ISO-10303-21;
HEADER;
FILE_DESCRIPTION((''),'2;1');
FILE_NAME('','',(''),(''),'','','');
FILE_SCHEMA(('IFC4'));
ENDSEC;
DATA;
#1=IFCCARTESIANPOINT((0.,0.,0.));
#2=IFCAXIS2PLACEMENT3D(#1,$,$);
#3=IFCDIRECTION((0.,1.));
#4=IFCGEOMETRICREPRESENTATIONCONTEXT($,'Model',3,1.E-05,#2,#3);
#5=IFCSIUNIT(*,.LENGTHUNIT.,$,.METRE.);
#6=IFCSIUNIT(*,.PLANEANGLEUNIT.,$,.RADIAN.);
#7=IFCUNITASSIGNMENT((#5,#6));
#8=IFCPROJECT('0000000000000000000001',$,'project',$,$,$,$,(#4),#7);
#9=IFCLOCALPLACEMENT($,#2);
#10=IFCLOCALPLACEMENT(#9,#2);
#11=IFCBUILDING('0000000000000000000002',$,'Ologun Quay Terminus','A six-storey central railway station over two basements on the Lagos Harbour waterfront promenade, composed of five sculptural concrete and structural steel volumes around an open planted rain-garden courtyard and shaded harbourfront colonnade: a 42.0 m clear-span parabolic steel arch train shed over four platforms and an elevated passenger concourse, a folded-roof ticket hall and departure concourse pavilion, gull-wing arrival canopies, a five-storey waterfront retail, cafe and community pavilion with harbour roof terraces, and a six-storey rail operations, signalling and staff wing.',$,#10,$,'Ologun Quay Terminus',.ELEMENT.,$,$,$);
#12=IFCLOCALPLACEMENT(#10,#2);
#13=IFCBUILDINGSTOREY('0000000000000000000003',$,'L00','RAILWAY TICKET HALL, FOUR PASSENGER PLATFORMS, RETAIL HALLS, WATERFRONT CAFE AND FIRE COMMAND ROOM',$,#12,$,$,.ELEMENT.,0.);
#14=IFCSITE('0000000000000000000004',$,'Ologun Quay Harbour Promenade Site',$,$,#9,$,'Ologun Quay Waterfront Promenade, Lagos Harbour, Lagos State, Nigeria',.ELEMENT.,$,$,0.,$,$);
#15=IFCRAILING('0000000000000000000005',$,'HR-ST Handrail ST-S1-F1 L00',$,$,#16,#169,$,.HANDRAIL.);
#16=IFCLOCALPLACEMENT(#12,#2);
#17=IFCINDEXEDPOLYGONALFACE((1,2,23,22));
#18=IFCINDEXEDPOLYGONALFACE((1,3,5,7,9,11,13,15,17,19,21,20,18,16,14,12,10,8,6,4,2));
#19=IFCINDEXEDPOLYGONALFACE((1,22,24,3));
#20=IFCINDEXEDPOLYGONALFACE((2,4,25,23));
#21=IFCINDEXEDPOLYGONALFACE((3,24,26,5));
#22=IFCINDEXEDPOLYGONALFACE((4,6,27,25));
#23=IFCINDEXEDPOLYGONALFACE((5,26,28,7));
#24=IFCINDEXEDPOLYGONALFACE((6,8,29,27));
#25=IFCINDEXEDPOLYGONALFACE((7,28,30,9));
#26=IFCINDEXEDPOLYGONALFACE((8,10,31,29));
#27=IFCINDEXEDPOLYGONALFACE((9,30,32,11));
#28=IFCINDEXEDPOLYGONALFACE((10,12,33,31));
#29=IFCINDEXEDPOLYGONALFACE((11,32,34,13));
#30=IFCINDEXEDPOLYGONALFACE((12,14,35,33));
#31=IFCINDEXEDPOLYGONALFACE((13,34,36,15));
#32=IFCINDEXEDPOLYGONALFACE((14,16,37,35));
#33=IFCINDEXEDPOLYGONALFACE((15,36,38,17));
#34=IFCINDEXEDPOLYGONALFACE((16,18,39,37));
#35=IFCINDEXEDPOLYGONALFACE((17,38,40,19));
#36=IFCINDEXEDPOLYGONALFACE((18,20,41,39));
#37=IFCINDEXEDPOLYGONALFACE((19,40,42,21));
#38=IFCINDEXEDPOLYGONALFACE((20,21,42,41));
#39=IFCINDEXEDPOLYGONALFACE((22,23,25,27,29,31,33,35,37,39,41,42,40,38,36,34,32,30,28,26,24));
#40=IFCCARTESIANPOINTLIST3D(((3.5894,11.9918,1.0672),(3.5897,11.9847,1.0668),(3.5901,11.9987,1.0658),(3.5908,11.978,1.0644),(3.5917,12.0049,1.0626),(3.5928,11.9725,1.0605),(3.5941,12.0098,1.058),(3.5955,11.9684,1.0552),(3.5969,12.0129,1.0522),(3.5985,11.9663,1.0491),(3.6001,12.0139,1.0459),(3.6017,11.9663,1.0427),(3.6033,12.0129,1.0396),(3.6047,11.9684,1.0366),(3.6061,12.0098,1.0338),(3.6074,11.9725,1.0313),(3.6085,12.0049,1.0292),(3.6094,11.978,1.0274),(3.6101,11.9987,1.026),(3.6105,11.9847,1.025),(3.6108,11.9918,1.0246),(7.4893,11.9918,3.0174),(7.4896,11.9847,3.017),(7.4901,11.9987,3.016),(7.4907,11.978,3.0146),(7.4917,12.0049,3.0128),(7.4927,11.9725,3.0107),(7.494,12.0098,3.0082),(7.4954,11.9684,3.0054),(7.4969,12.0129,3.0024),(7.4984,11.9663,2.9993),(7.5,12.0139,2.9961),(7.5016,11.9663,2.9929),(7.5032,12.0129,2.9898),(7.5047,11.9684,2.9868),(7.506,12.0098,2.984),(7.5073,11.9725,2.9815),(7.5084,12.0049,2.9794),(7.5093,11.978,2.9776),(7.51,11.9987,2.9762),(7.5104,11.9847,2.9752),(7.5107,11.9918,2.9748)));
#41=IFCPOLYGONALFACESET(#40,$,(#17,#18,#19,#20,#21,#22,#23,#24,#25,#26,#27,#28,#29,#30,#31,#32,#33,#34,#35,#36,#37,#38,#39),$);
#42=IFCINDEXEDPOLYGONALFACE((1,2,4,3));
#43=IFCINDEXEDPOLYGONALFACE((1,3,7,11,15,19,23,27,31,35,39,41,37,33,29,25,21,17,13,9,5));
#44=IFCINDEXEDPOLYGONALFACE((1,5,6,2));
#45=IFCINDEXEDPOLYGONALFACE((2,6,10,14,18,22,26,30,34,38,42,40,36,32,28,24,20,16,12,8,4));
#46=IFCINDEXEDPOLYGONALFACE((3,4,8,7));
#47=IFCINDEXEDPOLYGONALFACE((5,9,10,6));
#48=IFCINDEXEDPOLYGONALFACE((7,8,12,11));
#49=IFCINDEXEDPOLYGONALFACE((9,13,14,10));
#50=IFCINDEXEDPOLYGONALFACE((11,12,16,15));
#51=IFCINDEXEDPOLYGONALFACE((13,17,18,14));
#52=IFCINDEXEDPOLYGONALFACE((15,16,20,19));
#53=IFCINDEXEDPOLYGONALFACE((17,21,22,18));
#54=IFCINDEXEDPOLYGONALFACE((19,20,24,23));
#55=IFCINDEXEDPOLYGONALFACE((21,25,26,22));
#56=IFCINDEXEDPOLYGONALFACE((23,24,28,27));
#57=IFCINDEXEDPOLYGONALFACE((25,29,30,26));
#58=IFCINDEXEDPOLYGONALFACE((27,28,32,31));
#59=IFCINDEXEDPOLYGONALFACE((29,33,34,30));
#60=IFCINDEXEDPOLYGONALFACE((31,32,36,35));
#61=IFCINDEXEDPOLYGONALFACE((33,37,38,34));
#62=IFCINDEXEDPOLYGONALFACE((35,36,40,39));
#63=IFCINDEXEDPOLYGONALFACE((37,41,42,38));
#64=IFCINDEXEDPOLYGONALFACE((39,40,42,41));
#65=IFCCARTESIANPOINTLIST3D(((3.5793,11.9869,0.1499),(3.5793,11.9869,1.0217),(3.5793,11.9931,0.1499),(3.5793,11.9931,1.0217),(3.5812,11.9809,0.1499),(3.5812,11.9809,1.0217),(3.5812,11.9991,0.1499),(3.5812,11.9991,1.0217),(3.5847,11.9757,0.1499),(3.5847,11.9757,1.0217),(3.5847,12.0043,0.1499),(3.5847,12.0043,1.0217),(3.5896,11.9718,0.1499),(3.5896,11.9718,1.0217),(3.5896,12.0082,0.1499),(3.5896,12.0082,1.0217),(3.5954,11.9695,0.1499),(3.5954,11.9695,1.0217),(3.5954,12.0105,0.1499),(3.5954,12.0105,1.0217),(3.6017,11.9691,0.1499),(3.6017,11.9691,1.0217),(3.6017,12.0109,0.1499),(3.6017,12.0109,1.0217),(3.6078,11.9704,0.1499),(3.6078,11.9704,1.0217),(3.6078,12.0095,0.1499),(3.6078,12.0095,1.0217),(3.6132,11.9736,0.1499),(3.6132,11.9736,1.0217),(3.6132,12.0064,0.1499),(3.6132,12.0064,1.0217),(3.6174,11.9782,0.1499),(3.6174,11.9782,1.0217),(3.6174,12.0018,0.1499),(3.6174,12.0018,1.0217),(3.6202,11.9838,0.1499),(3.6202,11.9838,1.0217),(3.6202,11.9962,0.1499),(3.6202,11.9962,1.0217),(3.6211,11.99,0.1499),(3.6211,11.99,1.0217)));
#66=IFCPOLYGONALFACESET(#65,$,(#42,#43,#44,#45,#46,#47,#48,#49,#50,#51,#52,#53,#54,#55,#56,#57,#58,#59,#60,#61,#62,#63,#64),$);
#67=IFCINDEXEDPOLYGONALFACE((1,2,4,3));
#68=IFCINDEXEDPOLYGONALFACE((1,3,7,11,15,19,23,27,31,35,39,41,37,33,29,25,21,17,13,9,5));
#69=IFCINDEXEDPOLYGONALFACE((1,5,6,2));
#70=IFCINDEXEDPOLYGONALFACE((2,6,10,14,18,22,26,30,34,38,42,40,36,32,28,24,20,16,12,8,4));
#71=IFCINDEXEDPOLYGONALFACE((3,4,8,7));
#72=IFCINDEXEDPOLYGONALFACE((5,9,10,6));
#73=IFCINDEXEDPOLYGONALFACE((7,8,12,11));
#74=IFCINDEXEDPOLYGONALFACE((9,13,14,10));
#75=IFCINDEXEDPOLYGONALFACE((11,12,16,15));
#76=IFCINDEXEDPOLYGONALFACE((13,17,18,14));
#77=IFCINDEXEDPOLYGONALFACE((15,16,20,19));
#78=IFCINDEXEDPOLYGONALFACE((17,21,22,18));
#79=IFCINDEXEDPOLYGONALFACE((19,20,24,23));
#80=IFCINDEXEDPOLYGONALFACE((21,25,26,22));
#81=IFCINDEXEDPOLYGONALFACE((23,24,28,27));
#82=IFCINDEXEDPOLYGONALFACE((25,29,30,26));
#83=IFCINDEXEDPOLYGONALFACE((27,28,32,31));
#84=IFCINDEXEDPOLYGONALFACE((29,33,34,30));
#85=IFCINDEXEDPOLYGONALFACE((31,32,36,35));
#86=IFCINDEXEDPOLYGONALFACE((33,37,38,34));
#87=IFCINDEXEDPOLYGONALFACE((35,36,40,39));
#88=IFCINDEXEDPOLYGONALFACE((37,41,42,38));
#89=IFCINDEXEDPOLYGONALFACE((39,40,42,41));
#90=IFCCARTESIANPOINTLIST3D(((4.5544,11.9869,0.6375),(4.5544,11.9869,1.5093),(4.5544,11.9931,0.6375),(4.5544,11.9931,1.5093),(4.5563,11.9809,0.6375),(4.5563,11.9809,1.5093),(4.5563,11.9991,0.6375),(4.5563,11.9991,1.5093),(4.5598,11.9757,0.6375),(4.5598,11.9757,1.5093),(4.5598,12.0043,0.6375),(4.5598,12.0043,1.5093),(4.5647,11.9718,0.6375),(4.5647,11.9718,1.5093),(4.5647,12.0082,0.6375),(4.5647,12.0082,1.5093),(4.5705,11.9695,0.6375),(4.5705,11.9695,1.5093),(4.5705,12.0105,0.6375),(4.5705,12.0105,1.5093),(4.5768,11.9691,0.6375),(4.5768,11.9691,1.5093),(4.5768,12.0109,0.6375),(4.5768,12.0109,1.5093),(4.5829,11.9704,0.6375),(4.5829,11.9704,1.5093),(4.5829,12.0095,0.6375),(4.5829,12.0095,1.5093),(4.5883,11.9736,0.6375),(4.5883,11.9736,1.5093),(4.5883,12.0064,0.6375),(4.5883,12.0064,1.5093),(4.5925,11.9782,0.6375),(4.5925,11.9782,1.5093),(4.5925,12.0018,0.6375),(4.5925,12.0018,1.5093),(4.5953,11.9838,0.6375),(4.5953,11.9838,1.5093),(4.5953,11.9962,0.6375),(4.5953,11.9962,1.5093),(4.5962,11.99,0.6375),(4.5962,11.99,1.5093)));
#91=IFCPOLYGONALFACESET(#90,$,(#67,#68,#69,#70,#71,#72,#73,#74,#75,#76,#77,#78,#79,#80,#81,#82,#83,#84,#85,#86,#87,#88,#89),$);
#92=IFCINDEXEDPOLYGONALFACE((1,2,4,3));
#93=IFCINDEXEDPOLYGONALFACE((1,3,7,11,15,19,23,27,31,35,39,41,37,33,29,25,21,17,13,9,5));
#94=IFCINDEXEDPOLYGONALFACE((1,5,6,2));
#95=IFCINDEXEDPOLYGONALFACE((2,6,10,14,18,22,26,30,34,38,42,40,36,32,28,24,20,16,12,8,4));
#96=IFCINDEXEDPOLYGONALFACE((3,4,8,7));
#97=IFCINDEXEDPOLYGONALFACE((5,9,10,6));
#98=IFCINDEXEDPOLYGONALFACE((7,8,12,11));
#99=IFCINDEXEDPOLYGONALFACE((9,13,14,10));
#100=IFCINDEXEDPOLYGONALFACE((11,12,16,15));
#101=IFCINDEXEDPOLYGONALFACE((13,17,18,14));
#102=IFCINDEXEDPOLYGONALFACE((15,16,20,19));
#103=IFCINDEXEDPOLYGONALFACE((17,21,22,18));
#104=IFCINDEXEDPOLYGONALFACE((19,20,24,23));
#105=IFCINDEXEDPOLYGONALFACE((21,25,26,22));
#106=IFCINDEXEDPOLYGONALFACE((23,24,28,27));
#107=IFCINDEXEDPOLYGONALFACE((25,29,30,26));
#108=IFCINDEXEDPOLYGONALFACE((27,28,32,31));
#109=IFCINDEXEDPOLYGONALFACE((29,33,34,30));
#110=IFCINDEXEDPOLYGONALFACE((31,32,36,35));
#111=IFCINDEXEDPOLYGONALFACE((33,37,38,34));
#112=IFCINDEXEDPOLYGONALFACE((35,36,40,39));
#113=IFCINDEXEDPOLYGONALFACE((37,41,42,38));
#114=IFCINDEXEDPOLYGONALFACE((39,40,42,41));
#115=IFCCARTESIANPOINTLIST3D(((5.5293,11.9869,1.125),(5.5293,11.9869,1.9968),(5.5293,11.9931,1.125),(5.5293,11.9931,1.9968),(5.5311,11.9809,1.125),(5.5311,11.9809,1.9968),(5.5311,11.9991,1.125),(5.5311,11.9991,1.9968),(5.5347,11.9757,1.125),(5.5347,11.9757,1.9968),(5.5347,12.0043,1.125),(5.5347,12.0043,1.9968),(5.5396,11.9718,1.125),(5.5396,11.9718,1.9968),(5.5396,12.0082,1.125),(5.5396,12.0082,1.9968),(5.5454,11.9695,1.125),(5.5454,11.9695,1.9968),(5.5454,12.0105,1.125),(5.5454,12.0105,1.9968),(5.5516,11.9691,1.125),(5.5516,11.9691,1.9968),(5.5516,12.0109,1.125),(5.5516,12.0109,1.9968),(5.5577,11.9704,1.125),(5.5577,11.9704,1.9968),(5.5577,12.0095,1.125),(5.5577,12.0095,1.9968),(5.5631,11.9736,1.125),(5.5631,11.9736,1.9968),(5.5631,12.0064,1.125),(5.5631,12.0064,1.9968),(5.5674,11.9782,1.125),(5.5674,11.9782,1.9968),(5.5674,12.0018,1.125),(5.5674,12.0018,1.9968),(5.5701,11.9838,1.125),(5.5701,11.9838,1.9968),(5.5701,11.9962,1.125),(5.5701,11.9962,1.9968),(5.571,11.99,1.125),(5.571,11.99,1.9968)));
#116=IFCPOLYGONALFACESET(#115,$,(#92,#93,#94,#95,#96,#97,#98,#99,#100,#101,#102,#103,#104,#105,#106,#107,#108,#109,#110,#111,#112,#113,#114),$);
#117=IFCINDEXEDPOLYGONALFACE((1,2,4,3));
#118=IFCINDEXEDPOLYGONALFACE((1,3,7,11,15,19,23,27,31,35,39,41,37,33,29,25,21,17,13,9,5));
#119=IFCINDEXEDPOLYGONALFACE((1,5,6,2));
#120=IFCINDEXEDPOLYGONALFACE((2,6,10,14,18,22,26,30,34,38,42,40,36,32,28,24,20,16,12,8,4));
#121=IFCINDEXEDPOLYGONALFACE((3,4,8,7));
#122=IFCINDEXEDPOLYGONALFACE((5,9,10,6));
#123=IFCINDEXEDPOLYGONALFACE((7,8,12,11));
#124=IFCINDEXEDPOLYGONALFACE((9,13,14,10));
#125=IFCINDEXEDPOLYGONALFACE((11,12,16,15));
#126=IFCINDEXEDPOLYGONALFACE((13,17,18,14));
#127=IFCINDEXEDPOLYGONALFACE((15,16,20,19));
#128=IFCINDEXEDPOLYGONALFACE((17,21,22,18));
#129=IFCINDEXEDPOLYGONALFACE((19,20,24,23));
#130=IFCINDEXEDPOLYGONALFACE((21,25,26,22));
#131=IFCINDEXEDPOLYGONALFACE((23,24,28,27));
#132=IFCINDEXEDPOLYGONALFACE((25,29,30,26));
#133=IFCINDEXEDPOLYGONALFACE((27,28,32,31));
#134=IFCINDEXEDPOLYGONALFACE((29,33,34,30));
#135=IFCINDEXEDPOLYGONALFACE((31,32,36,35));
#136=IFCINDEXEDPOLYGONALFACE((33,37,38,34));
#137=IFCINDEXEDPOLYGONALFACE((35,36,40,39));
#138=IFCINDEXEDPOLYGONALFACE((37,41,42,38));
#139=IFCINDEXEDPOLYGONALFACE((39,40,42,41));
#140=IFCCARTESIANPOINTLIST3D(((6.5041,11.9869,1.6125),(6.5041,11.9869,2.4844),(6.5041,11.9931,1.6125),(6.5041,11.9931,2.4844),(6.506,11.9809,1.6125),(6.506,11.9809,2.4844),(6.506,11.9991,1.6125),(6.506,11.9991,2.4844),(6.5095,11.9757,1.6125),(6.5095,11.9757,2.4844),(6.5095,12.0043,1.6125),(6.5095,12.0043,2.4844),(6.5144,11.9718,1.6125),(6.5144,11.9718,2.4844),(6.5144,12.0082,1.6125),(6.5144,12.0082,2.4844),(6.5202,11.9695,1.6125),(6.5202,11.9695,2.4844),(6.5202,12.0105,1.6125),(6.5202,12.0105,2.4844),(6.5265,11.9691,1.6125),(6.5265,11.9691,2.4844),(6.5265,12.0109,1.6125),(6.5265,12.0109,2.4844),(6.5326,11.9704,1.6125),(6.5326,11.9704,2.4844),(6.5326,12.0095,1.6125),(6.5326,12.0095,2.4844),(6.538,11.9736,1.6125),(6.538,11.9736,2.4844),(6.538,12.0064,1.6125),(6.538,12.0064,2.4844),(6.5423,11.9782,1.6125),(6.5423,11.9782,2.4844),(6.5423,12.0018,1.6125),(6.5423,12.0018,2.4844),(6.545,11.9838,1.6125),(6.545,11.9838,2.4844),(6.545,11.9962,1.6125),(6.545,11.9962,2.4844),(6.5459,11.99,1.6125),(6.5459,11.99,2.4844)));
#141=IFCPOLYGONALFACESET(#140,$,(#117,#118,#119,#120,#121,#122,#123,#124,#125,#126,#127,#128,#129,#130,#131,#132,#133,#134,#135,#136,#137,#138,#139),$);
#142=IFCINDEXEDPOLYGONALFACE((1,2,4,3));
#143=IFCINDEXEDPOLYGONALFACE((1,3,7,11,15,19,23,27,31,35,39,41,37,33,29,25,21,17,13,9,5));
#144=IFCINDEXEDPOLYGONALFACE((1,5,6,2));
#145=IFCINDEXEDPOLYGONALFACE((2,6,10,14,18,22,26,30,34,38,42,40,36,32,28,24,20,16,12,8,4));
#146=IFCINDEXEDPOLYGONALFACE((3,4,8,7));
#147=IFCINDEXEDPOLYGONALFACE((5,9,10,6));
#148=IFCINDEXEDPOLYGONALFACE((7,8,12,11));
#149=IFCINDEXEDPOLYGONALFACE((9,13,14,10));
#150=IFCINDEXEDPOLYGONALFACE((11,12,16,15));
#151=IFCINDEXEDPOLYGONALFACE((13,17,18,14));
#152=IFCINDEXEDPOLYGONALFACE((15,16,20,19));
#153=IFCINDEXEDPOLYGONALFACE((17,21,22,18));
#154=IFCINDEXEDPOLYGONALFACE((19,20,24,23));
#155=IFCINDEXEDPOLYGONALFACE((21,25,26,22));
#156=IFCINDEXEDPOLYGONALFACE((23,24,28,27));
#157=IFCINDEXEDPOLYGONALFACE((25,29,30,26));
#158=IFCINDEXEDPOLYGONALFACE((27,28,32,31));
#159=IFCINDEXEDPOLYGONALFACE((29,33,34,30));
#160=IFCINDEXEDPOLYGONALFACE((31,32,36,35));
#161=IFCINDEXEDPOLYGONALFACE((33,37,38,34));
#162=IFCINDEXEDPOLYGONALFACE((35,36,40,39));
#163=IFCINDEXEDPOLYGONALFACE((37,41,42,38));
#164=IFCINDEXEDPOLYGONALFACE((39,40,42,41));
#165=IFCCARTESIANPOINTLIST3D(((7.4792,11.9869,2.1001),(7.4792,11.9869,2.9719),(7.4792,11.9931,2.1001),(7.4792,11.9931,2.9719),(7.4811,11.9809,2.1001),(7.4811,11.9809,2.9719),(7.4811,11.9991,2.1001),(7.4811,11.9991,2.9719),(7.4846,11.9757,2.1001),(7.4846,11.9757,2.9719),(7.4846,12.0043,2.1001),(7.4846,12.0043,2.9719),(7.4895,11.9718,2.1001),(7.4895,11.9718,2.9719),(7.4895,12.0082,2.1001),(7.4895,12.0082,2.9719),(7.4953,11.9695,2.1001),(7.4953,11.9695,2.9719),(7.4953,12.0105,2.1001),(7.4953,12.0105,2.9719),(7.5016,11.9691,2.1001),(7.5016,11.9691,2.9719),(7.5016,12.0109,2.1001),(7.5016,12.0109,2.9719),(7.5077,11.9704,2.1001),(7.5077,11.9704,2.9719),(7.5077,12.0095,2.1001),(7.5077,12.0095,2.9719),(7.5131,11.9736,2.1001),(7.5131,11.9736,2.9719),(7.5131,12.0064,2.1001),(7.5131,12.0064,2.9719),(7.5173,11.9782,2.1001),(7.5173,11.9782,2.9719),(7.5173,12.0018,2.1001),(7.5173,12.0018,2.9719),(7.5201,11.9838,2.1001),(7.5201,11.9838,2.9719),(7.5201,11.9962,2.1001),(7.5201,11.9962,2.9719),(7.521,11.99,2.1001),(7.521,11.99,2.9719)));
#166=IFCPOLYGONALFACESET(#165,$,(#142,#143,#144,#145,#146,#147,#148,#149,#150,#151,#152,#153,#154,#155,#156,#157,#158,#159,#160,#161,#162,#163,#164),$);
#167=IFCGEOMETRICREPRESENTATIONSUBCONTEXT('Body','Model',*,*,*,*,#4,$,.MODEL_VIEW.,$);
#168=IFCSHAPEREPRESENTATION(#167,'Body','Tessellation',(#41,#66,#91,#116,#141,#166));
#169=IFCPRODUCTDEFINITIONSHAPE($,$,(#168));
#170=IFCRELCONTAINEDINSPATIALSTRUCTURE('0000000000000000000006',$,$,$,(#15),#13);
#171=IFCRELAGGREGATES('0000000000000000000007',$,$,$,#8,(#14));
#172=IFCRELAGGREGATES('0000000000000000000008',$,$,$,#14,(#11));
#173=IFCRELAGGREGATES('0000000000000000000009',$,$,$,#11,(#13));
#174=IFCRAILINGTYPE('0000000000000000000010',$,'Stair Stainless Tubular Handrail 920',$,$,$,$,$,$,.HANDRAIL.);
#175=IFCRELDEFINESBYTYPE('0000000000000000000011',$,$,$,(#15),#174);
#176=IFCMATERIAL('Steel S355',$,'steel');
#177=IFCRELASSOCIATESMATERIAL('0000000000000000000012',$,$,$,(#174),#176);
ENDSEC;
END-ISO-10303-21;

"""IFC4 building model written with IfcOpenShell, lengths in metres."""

from ifc_helpers import new_model, si_unit, direction, frame, origin, origin_2d, place, context, subcontext, project, spatial, circle, extrude, material, type_object, element, save


model = new_model("IFC4")

# Units and contexts
model_context = context("Model", 3, precision=1e-05, world=origin(), true_north=direction((0.0, 1.0)))
body_context = subcontext(model_context, "Body", "Model", "MODEL_VIEW")
ifc_project = project(units=[si_unit("LENGTHUNIT", "METRE"), si_unit("PLANEANGLEUNIT", "RADIAN")], contexts=[model_context])

# Site, building, storey
site_placement = place(None, origin())
site = spatial("IfcSite", under=ifc_project, at=site_placement, Name="Ologun Quay Harbour Promenade Site", LongName="Ologun Quay Waterfront Promenade, Lagos Harbour, Lagos State, Nigeria", CompositionType="ELEMENT", RefElevation=0.0)
building_placement = place(site_placement, origin())
building = spatial("IfcBuilding", under=site, at=building_placement, Name="Ologun Quay Terminus", Description="A six-storey central railway station over two basements on the Lagos Harbour waterfront promenade, composed of five sculptural concrete and structural steel volumes around an open planted rain-garden courtyard and shaded harbourfront colonnade: a 42.0 m clear-span parabolic steel arch train shed over four platforms and an elevated passenger concourse, a folded-roof ticket hall and departure concourse pavilion, gull-wing arrival canopies, a five-storey waterfront retail, cafe and community pavilion with harbour roof terraces, and a six-storey rail operations, signalling and staff wing.", LongName="Ologun Quay Terminus", CompositionType="ELEMENT")
storey_placement = place(building_placement, origin())
storey = spatial("IfcBuildingStorey", under=building, at=storey_placement, Name="L00", Description="RAILWAY TICKET HALL, FOUR PASSENGER PLATFORMS, RETAIL HALLS, WATERFRONT CAFE AND FIRE COMMAND ROOM", CompositionType="ELEMENT", Elevation=0.0)

# Railing
ifc_material_1 = material(Name="Steel S355", Category="steel")
railing_type_1 = type_object("IfcRailingType", Name="Stair Stainless Tubular Handrail 920", PredefinedType="HANDRAIL", material=ifc_material_1)
railing_1_placement = place(storey_placement, frame((3.6001, 11.99, 0.1499)))
element("IfcRailing", 1, at=railing_1_placement, inside=storey, type_object=railing_type_1, Name="HR-ST Handrail ST-S1-F1 L00", PredefinedType="HANDRAIL", context=body_context, shape_type="SweptSolid", body=[
    extrude(circle(Radius=0.0239, at=origin_2d()), frame((0.0, 0.0, 0.896), z_axis=(0.894405, 0.0, 0.447258), x_axis=(0.0, 1.0, 0.0)), (0.0, 0.0, 1.0), 4.3604),
    extrude(circle(Radius=0.021, at=origin_2d()), origin(), (0.0, 0.0, 1.0), 0.8718),
    extrude(circle(Radius=0.021, at=origin_2d()), frame((0.9751, 0.0, 0.4875)), (0.0, 0.0, 1.0), 0.8718),
    extrude(circle(Radius=0.021, at=origin_2d()), frame((1.95, 0.0, 0.9751)), (0.0, 0.0, 1.0), 0.8718),
    extrude(circle(Radius=0.021, at=origin_2d()), frame((2.9248, 0.0, 1.4626)), (0.0, 0.0, 1.0), 0.8718),
    extrude(circle(Radius=0.021, at=origin_2d()), frame((3.8999, 0.0, 1.9502)), (0.0, 0.0, 1.0), 0.8718),
])

save(model, "model.ifc")
